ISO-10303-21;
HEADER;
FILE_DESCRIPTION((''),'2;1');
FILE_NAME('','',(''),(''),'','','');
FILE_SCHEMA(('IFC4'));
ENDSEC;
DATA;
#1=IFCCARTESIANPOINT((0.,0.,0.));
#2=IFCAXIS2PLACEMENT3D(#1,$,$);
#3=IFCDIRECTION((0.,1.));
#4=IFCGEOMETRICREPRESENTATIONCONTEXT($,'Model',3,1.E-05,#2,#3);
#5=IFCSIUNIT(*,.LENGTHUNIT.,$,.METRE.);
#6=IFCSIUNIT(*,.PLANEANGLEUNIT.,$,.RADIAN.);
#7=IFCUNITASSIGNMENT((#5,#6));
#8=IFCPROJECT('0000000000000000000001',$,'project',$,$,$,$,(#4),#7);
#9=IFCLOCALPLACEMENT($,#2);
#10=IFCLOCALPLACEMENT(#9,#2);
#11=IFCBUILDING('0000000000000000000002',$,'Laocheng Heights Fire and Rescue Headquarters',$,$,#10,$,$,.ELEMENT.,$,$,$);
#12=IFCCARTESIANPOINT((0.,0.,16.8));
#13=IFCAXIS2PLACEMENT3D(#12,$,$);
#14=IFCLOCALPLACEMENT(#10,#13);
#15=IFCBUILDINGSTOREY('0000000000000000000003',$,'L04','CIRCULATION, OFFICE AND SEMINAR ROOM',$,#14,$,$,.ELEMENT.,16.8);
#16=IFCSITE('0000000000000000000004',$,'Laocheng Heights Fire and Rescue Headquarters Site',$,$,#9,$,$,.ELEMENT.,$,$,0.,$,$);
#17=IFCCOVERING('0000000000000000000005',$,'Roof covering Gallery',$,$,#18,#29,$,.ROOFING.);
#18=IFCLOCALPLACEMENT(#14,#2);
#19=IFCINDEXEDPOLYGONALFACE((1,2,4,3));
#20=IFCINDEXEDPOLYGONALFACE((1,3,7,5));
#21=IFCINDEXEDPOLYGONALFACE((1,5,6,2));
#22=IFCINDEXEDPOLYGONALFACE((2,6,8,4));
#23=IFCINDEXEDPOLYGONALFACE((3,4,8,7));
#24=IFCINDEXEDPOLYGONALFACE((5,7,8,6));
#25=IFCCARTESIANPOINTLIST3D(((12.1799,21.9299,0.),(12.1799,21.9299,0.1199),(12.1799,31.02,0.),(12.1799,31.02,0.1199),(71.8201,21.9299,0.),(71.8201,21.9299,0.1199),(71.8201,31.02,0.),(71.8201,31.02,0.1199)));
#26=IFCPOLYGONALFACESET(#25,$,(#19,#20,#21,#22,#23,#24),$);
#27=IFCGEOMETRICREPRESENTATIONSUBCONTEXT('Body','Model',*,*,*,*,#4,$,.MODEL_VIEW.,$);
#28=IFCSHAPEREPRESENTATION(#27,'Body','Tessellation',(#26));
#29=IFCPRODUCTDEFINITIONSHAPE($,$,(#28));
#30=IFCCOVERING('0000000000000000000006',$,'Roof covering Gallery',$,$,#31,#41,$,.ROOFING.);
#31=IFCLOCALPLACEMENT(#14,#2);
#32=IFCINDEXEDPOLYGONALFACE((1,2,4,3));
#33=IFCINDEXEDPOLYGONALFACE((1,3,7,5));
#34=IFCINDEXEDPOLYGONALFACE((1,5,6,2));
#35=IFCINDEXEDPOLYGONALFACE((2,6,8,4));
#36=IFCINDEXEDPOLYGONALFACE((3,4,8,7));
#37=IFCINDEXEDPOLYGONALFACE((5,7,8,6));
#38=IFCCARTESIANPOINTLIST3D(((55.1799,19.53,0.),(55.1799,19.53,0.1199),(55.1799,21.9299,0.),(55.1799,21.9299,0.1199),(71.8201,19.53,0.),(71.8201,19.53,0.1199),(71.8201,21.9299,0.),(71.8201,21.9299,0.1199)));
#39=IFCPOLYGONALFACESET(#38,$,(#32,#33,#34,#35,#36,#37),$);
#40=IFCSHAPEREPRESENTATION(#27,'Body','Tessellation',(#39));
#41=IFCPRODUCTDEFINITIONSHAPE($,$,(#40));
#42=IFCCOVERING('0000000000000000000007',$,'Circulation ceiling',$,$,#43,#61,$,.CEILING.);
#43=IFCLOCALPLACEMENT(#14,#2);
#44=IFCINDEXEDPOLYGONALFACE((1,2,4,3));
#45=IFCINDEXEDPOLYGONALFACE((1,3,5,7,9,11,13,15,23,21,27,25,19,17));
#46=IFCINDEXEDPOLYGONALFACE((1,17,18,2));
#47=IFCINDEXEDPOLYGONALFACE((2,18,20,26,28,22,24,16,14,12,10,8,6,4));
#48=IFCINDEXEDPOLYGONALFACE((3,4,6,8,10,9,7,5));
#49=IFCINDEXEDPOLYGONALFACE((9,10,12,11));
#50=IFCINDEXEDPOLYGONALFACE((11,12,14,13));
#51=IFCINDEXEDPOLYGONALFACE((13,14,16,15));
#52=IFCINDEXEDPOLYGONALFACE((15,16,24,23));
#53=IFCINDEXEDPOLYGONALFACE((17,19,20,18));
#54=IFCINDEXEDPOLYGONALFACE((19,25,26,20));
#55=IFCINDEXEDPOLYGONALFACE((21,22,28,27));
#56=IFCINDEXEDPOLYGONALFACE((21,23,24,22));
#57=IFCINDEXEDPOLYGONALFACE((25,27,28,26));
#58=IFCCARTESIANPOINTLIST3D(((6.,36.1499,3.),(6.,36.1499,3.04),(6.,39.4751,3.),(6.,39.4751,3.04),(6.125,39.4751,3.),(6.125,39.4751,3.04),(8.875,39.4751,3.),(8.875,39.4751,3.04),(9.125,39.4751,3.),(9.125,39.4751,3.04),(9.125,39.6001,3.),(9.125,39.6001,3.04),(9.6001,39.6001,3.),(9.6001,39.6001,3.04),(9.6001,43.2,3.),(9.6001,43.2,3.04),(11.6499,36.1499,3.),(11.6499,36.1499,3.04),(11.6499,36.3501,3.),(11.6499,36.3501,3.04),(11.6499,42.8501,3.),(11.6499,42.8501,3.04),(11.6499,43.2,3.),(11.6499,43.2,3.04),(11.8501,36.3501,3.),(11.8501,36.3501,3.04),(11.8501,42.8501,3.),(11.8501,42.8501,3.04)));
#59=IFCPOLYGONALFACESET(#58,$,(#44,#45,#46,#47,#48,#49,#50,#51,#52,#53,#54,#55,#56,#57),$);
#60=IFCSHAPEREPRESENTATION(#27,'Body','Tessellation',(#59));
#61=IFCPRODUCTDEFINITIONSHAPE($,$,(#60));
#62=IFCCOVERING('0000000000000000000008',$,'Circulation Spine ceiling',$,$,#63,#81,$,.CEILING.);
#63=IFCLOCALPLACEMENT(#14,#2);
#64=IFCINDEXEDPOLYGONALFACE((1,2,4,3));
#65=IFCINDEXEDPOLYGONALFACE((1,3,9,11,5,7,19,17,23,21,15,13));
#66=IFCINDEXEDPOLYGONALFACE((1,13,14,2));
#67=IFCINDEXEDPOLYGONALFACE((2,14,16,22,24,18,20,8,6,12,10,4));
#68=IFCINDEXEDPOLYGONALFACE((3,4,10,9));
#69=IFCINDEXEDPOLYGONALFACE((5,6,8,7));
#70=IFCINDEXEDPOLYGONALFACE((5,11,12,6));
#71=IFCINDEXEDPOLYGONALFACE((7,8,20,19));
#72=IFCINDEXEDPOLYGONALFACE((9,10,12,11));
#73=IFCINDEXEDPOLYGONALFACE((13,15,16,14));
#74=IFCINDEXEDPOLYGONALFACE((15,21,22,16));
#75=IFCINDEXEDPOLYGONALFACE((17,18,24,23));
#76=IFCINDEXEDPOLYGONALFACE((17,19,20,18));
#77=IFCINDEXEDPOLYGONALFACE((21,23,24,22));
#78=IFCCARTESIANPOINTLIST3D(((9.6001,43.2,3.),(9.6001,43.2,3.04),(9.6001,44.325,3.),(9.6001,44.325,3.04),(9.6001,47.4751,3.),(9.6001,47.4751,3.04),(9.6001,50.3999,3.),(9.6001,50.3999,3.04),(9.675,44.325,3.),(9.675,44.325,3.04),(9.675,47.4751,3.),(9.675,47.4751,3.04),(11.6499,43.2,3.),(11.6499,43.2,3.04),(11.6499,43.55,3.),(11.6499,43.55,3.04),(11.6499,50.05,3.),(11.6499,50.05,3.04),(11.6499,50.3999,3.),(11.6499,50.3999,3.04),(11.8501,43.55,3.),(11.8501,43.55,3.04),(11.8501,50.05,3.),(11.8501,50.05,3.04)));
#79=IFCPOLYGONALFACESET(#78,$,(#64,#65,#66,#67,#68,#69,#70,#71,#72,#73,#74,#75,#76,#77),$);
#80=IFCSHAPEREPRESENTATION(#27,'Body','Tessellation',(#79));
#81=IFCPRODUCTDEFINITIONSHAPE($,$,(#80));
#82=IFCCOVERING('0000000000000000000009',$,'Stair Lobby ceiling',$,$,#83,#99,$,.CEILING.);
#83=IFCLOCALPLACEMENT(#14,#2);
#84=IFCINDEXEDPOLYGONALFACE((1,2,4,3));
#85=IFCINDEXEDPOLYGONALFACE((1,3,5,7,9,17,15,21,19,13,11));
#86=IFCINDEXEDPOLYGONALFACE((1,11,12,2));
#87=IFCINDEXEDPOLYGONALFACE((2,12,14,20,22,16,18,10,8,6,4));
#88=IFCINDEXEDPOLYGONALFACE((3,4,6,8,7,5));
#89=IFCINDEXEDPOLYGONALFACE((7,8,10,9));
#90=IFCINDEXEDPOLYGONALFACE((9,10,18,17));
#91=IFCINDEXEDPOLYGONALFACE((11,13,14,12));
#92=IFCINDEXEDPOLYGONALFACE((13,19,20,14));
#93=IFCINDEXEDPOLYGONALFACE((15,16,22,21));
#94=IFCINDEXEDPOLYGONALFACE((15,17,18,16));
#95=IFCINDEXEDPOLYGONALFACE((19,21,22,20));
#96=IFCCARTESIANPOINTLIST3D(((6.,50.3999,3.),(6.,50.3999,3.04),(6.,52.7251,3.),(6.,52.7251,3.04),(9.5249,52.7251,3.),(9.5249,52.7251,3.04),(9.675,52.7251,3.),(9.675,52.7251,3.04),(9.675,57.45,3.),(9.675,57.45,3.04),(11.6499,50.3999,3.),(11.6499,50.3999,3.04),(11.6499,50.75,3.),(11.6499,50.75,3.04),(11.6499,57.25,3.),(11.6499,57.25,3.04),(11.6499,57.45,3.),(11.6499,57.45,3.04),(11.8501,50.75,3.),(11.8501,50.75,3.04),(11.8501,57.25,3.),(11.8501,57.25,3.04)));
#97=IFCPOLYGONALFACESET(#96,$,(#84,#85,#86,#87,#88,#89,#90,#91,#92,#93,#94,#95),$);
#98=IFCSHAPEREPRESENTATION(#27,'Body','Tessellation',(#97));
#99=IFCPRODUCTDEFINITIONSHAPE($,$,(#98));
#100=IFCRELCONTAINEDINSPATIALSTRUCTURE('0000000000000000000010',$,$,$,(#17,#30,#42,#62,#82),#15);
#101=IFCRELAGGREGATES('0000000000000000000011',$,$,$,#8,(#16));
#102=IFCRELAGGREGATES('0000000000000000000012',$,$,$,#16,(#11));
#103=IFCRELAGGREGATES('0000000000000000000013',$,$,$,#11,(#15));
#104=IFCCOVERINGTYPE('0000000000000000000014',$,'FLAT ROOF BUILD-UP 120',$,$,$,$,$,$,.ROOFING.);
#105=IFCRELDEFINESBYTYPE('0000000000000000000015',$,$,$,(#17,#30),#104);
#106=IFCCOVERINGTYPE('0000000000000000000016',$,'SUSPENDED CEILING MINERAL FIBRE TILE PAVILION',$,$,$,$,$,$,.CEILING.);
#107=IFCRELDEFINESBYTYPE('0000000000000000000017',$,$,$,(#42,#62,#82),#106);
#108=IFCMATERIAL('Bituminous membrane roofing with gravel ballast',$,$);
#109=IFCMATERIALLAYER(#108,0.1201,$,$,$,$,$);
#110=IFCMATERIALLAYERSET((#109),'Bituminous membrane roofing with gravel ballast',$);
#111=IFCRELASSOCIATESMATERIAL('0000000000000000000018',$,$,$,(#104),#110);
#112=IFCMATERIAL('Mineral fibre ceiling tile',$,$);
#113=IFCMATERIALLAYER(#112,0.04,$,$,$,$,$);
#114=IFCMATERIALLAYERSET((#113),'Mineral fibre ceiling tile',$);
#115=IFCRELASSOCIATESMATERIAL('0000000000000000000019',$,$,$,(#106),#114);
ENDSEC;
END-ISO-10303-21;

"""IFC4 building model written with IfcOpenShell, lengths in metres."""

from ifc_helpers import new_model, si_unit, direction, frame, origin, place, context, subcontext, project, spatial, polyline, outline, extrude, material, layer, layer_set, type_object, element, save


model = new_model("IFC4")

# Units and contexts
model_context = context("Model", 3, precision=1e-05, world=origin(), true_north=direction((0.0, 1.0)))
body_context = subcontext(model_context, "Body", "Model", "MODEL_VIEW")
ifc_project = project(units=[si_unit("LENGTHUNIT", "METRE"), si_unit("PLANEANGLEUNIT", "RADIAN")], contexts=[model_context])

# Site, building, storey
site_placement = place(None, origin())
site = spatial("IfcSite", under=ifc_project, at=site_placement, Name="Laocheng Heights Fire and Rescue Headquarters Site", CompositionType="ELEMENT", RefElevation=0.0)
building_placement = place(site_placement, origin())
building = spatial("IfcBuilding", under=site, at=building_placement, Name="Laocheng Heights Fire and Rescue Headquarters", CompositionType="ELEMENT")
storey_placement = place(building_placement, frame((0.0, 0.0, 16.8)))
storey = spatial("IfcBuildingStorey", under=building, at=storey_placement, Name="L04", Description="CIRCULATION, OFFICE AND SEMINAR ROOM", CompositionType="ELEMENT", Elevation=16.8)

# Coverings
ifc_material_1 = material(Name="Bituminous membrane roofing with gravel ballast")
ifc_layer_1 = layer(ifc_material_1, 0.1201)
ifc_layer_set_1 = layer_set([ifc_layer_1], Name="Bituminous membrane roofing with gravel ballast")
covering_type_1 = type_object("IfcCoveringType", Name="FLAT ROOF BUILD-UP 120", PredefinedType="ROOFING", material=ifc_layer_set_1)
covering_1_placement = place(storey_placement, origin())
element("IfcCovering", 1, at=covering_1_placement, inside=storey, type_object=covering_type_1, Name="Roof covering Gallery", PredefinedType="ROOFING", context=body_context, shape_type="SweptSolid", body=[
    extrude(outline(polyline([(71.8201, 21.9299), (71.8201, 31.02), (12.1799, 31.02), (12.1799, 21.9299), (71.8201, 21.9299)])), origin(), (0.0, 0.0, 1.0), 0.1199),
])
covering_2_placement = place(storey_placement, origin())
element("IfcCovering", 2, at=covering_2_placement, inside=storey, type_object=covering_type_1, Name="Roof covering Gallery", PredefinedType="ROOFING", context=body_context, shape_type="SweptSolid", body=[
    extrude(outline(polyline([(71.8201, 19.53), (71.8201, 21.9299), (55.1799, 21.9299), (55.1799, 19.53), (71.8201, 19.53)])), origin(), (0.0, 0.0, 1.0), 0.1199),
])
ifc_material_2 = material(Name="Mineral fibre ceiling tile")
ifc_layer_2 = layer(ifc_material_2, 0.04)
ifc_layer_set_2 = layer_set([ifc_layer_2], Name="Mineral fibre ceiling tile")
covering_type_2 = type_object("IfcCoveringType", Name="SUSPENDED CEILING MINERAL FIBRE TILE PAVILION", PredefinedType="CEILING", material=ifc_layer_set_2)
covering_3_placement = place(storey_placement, frame((0.0, 0.0, 3.0)))
element("IfcCovering", 3, at=covering_3_placement, inside=storey, type_object=covering_type_2, Name="Circulation ceiling", PredefinedType="CEILING", context=body_context, shape_type="SweptSolid", body=[
    extrude(outline(polyline([(6.125, 39.4751), (8.875, 39.4751), (9.125, 39.4751), (9.125, 39.6001), (9.6001, 39.6001), (9.6001, 43.2), (11.6499, 43.2), (11.6499, 42.8501), (11.8501, 42.8501), (11.8501, 36.3501), (11.6499, 36.3501), (11.6499, 36.1499), (6.0, 36.1499), (6.0, 39.4751), (6.125, 39.4751)])), origin(), (0.0, 0.0, 1.0), 0.04),
])
covering_4_placement = place(storey_placement, frame((0.0, 0.0, 3.0)))
element("IfcCovering", 4, at=covering_4_placement, inside=storey, type_object=covering_type_2, Name="Circulation Spine ceiling", PredefinedType="CEILING", context=body_context, shape_type="SweptSolid", body=[
    extrude(outline(polyline([(11.6499, 50.3999), (11.6499, 50.05), (11.8501, 50.05), (11.8501, 43.55), (11.6499, 43.55), (11.6499, 43.2), (9.6001, 43.2), (9.6001, 44.325), (9.675, 44.325), (9.675, 47.4751), (9.6001, 47.4751), (9.6001, 50.3999), (11.6499, 50.3999)])), origin(), (0.0, 0.0, 1.0), 0.04),
])
covering_5_placement = place(storey_placement, frame((0.0, 0.0, 3.0)))
element("IfcCovering", 5, at=covering_5_placement, inside=storey, type_object=covering_type_2, Name="Stair Lobby ceiling", PredefinedType="CEILING", context=body_context, shape_type="SweptSolid", body=[
    extrude(outline(polyline([(6.0, 52.7251), (9.5249, 52.7251), (9.675, 52.7251), (9.675, 57.45), (11.6499, 57.45), (11.6499, 57.25), (11.8501, 57.25), (11.8501, 50.75), (11.6499, 50.75), (11.6499, 50.3999), (6.0, 50.3999), (6.0, 52.7251)])), origin(), (0.0, 0.0, 1.0), 0.04),
])

save(model, "model.ifc")
